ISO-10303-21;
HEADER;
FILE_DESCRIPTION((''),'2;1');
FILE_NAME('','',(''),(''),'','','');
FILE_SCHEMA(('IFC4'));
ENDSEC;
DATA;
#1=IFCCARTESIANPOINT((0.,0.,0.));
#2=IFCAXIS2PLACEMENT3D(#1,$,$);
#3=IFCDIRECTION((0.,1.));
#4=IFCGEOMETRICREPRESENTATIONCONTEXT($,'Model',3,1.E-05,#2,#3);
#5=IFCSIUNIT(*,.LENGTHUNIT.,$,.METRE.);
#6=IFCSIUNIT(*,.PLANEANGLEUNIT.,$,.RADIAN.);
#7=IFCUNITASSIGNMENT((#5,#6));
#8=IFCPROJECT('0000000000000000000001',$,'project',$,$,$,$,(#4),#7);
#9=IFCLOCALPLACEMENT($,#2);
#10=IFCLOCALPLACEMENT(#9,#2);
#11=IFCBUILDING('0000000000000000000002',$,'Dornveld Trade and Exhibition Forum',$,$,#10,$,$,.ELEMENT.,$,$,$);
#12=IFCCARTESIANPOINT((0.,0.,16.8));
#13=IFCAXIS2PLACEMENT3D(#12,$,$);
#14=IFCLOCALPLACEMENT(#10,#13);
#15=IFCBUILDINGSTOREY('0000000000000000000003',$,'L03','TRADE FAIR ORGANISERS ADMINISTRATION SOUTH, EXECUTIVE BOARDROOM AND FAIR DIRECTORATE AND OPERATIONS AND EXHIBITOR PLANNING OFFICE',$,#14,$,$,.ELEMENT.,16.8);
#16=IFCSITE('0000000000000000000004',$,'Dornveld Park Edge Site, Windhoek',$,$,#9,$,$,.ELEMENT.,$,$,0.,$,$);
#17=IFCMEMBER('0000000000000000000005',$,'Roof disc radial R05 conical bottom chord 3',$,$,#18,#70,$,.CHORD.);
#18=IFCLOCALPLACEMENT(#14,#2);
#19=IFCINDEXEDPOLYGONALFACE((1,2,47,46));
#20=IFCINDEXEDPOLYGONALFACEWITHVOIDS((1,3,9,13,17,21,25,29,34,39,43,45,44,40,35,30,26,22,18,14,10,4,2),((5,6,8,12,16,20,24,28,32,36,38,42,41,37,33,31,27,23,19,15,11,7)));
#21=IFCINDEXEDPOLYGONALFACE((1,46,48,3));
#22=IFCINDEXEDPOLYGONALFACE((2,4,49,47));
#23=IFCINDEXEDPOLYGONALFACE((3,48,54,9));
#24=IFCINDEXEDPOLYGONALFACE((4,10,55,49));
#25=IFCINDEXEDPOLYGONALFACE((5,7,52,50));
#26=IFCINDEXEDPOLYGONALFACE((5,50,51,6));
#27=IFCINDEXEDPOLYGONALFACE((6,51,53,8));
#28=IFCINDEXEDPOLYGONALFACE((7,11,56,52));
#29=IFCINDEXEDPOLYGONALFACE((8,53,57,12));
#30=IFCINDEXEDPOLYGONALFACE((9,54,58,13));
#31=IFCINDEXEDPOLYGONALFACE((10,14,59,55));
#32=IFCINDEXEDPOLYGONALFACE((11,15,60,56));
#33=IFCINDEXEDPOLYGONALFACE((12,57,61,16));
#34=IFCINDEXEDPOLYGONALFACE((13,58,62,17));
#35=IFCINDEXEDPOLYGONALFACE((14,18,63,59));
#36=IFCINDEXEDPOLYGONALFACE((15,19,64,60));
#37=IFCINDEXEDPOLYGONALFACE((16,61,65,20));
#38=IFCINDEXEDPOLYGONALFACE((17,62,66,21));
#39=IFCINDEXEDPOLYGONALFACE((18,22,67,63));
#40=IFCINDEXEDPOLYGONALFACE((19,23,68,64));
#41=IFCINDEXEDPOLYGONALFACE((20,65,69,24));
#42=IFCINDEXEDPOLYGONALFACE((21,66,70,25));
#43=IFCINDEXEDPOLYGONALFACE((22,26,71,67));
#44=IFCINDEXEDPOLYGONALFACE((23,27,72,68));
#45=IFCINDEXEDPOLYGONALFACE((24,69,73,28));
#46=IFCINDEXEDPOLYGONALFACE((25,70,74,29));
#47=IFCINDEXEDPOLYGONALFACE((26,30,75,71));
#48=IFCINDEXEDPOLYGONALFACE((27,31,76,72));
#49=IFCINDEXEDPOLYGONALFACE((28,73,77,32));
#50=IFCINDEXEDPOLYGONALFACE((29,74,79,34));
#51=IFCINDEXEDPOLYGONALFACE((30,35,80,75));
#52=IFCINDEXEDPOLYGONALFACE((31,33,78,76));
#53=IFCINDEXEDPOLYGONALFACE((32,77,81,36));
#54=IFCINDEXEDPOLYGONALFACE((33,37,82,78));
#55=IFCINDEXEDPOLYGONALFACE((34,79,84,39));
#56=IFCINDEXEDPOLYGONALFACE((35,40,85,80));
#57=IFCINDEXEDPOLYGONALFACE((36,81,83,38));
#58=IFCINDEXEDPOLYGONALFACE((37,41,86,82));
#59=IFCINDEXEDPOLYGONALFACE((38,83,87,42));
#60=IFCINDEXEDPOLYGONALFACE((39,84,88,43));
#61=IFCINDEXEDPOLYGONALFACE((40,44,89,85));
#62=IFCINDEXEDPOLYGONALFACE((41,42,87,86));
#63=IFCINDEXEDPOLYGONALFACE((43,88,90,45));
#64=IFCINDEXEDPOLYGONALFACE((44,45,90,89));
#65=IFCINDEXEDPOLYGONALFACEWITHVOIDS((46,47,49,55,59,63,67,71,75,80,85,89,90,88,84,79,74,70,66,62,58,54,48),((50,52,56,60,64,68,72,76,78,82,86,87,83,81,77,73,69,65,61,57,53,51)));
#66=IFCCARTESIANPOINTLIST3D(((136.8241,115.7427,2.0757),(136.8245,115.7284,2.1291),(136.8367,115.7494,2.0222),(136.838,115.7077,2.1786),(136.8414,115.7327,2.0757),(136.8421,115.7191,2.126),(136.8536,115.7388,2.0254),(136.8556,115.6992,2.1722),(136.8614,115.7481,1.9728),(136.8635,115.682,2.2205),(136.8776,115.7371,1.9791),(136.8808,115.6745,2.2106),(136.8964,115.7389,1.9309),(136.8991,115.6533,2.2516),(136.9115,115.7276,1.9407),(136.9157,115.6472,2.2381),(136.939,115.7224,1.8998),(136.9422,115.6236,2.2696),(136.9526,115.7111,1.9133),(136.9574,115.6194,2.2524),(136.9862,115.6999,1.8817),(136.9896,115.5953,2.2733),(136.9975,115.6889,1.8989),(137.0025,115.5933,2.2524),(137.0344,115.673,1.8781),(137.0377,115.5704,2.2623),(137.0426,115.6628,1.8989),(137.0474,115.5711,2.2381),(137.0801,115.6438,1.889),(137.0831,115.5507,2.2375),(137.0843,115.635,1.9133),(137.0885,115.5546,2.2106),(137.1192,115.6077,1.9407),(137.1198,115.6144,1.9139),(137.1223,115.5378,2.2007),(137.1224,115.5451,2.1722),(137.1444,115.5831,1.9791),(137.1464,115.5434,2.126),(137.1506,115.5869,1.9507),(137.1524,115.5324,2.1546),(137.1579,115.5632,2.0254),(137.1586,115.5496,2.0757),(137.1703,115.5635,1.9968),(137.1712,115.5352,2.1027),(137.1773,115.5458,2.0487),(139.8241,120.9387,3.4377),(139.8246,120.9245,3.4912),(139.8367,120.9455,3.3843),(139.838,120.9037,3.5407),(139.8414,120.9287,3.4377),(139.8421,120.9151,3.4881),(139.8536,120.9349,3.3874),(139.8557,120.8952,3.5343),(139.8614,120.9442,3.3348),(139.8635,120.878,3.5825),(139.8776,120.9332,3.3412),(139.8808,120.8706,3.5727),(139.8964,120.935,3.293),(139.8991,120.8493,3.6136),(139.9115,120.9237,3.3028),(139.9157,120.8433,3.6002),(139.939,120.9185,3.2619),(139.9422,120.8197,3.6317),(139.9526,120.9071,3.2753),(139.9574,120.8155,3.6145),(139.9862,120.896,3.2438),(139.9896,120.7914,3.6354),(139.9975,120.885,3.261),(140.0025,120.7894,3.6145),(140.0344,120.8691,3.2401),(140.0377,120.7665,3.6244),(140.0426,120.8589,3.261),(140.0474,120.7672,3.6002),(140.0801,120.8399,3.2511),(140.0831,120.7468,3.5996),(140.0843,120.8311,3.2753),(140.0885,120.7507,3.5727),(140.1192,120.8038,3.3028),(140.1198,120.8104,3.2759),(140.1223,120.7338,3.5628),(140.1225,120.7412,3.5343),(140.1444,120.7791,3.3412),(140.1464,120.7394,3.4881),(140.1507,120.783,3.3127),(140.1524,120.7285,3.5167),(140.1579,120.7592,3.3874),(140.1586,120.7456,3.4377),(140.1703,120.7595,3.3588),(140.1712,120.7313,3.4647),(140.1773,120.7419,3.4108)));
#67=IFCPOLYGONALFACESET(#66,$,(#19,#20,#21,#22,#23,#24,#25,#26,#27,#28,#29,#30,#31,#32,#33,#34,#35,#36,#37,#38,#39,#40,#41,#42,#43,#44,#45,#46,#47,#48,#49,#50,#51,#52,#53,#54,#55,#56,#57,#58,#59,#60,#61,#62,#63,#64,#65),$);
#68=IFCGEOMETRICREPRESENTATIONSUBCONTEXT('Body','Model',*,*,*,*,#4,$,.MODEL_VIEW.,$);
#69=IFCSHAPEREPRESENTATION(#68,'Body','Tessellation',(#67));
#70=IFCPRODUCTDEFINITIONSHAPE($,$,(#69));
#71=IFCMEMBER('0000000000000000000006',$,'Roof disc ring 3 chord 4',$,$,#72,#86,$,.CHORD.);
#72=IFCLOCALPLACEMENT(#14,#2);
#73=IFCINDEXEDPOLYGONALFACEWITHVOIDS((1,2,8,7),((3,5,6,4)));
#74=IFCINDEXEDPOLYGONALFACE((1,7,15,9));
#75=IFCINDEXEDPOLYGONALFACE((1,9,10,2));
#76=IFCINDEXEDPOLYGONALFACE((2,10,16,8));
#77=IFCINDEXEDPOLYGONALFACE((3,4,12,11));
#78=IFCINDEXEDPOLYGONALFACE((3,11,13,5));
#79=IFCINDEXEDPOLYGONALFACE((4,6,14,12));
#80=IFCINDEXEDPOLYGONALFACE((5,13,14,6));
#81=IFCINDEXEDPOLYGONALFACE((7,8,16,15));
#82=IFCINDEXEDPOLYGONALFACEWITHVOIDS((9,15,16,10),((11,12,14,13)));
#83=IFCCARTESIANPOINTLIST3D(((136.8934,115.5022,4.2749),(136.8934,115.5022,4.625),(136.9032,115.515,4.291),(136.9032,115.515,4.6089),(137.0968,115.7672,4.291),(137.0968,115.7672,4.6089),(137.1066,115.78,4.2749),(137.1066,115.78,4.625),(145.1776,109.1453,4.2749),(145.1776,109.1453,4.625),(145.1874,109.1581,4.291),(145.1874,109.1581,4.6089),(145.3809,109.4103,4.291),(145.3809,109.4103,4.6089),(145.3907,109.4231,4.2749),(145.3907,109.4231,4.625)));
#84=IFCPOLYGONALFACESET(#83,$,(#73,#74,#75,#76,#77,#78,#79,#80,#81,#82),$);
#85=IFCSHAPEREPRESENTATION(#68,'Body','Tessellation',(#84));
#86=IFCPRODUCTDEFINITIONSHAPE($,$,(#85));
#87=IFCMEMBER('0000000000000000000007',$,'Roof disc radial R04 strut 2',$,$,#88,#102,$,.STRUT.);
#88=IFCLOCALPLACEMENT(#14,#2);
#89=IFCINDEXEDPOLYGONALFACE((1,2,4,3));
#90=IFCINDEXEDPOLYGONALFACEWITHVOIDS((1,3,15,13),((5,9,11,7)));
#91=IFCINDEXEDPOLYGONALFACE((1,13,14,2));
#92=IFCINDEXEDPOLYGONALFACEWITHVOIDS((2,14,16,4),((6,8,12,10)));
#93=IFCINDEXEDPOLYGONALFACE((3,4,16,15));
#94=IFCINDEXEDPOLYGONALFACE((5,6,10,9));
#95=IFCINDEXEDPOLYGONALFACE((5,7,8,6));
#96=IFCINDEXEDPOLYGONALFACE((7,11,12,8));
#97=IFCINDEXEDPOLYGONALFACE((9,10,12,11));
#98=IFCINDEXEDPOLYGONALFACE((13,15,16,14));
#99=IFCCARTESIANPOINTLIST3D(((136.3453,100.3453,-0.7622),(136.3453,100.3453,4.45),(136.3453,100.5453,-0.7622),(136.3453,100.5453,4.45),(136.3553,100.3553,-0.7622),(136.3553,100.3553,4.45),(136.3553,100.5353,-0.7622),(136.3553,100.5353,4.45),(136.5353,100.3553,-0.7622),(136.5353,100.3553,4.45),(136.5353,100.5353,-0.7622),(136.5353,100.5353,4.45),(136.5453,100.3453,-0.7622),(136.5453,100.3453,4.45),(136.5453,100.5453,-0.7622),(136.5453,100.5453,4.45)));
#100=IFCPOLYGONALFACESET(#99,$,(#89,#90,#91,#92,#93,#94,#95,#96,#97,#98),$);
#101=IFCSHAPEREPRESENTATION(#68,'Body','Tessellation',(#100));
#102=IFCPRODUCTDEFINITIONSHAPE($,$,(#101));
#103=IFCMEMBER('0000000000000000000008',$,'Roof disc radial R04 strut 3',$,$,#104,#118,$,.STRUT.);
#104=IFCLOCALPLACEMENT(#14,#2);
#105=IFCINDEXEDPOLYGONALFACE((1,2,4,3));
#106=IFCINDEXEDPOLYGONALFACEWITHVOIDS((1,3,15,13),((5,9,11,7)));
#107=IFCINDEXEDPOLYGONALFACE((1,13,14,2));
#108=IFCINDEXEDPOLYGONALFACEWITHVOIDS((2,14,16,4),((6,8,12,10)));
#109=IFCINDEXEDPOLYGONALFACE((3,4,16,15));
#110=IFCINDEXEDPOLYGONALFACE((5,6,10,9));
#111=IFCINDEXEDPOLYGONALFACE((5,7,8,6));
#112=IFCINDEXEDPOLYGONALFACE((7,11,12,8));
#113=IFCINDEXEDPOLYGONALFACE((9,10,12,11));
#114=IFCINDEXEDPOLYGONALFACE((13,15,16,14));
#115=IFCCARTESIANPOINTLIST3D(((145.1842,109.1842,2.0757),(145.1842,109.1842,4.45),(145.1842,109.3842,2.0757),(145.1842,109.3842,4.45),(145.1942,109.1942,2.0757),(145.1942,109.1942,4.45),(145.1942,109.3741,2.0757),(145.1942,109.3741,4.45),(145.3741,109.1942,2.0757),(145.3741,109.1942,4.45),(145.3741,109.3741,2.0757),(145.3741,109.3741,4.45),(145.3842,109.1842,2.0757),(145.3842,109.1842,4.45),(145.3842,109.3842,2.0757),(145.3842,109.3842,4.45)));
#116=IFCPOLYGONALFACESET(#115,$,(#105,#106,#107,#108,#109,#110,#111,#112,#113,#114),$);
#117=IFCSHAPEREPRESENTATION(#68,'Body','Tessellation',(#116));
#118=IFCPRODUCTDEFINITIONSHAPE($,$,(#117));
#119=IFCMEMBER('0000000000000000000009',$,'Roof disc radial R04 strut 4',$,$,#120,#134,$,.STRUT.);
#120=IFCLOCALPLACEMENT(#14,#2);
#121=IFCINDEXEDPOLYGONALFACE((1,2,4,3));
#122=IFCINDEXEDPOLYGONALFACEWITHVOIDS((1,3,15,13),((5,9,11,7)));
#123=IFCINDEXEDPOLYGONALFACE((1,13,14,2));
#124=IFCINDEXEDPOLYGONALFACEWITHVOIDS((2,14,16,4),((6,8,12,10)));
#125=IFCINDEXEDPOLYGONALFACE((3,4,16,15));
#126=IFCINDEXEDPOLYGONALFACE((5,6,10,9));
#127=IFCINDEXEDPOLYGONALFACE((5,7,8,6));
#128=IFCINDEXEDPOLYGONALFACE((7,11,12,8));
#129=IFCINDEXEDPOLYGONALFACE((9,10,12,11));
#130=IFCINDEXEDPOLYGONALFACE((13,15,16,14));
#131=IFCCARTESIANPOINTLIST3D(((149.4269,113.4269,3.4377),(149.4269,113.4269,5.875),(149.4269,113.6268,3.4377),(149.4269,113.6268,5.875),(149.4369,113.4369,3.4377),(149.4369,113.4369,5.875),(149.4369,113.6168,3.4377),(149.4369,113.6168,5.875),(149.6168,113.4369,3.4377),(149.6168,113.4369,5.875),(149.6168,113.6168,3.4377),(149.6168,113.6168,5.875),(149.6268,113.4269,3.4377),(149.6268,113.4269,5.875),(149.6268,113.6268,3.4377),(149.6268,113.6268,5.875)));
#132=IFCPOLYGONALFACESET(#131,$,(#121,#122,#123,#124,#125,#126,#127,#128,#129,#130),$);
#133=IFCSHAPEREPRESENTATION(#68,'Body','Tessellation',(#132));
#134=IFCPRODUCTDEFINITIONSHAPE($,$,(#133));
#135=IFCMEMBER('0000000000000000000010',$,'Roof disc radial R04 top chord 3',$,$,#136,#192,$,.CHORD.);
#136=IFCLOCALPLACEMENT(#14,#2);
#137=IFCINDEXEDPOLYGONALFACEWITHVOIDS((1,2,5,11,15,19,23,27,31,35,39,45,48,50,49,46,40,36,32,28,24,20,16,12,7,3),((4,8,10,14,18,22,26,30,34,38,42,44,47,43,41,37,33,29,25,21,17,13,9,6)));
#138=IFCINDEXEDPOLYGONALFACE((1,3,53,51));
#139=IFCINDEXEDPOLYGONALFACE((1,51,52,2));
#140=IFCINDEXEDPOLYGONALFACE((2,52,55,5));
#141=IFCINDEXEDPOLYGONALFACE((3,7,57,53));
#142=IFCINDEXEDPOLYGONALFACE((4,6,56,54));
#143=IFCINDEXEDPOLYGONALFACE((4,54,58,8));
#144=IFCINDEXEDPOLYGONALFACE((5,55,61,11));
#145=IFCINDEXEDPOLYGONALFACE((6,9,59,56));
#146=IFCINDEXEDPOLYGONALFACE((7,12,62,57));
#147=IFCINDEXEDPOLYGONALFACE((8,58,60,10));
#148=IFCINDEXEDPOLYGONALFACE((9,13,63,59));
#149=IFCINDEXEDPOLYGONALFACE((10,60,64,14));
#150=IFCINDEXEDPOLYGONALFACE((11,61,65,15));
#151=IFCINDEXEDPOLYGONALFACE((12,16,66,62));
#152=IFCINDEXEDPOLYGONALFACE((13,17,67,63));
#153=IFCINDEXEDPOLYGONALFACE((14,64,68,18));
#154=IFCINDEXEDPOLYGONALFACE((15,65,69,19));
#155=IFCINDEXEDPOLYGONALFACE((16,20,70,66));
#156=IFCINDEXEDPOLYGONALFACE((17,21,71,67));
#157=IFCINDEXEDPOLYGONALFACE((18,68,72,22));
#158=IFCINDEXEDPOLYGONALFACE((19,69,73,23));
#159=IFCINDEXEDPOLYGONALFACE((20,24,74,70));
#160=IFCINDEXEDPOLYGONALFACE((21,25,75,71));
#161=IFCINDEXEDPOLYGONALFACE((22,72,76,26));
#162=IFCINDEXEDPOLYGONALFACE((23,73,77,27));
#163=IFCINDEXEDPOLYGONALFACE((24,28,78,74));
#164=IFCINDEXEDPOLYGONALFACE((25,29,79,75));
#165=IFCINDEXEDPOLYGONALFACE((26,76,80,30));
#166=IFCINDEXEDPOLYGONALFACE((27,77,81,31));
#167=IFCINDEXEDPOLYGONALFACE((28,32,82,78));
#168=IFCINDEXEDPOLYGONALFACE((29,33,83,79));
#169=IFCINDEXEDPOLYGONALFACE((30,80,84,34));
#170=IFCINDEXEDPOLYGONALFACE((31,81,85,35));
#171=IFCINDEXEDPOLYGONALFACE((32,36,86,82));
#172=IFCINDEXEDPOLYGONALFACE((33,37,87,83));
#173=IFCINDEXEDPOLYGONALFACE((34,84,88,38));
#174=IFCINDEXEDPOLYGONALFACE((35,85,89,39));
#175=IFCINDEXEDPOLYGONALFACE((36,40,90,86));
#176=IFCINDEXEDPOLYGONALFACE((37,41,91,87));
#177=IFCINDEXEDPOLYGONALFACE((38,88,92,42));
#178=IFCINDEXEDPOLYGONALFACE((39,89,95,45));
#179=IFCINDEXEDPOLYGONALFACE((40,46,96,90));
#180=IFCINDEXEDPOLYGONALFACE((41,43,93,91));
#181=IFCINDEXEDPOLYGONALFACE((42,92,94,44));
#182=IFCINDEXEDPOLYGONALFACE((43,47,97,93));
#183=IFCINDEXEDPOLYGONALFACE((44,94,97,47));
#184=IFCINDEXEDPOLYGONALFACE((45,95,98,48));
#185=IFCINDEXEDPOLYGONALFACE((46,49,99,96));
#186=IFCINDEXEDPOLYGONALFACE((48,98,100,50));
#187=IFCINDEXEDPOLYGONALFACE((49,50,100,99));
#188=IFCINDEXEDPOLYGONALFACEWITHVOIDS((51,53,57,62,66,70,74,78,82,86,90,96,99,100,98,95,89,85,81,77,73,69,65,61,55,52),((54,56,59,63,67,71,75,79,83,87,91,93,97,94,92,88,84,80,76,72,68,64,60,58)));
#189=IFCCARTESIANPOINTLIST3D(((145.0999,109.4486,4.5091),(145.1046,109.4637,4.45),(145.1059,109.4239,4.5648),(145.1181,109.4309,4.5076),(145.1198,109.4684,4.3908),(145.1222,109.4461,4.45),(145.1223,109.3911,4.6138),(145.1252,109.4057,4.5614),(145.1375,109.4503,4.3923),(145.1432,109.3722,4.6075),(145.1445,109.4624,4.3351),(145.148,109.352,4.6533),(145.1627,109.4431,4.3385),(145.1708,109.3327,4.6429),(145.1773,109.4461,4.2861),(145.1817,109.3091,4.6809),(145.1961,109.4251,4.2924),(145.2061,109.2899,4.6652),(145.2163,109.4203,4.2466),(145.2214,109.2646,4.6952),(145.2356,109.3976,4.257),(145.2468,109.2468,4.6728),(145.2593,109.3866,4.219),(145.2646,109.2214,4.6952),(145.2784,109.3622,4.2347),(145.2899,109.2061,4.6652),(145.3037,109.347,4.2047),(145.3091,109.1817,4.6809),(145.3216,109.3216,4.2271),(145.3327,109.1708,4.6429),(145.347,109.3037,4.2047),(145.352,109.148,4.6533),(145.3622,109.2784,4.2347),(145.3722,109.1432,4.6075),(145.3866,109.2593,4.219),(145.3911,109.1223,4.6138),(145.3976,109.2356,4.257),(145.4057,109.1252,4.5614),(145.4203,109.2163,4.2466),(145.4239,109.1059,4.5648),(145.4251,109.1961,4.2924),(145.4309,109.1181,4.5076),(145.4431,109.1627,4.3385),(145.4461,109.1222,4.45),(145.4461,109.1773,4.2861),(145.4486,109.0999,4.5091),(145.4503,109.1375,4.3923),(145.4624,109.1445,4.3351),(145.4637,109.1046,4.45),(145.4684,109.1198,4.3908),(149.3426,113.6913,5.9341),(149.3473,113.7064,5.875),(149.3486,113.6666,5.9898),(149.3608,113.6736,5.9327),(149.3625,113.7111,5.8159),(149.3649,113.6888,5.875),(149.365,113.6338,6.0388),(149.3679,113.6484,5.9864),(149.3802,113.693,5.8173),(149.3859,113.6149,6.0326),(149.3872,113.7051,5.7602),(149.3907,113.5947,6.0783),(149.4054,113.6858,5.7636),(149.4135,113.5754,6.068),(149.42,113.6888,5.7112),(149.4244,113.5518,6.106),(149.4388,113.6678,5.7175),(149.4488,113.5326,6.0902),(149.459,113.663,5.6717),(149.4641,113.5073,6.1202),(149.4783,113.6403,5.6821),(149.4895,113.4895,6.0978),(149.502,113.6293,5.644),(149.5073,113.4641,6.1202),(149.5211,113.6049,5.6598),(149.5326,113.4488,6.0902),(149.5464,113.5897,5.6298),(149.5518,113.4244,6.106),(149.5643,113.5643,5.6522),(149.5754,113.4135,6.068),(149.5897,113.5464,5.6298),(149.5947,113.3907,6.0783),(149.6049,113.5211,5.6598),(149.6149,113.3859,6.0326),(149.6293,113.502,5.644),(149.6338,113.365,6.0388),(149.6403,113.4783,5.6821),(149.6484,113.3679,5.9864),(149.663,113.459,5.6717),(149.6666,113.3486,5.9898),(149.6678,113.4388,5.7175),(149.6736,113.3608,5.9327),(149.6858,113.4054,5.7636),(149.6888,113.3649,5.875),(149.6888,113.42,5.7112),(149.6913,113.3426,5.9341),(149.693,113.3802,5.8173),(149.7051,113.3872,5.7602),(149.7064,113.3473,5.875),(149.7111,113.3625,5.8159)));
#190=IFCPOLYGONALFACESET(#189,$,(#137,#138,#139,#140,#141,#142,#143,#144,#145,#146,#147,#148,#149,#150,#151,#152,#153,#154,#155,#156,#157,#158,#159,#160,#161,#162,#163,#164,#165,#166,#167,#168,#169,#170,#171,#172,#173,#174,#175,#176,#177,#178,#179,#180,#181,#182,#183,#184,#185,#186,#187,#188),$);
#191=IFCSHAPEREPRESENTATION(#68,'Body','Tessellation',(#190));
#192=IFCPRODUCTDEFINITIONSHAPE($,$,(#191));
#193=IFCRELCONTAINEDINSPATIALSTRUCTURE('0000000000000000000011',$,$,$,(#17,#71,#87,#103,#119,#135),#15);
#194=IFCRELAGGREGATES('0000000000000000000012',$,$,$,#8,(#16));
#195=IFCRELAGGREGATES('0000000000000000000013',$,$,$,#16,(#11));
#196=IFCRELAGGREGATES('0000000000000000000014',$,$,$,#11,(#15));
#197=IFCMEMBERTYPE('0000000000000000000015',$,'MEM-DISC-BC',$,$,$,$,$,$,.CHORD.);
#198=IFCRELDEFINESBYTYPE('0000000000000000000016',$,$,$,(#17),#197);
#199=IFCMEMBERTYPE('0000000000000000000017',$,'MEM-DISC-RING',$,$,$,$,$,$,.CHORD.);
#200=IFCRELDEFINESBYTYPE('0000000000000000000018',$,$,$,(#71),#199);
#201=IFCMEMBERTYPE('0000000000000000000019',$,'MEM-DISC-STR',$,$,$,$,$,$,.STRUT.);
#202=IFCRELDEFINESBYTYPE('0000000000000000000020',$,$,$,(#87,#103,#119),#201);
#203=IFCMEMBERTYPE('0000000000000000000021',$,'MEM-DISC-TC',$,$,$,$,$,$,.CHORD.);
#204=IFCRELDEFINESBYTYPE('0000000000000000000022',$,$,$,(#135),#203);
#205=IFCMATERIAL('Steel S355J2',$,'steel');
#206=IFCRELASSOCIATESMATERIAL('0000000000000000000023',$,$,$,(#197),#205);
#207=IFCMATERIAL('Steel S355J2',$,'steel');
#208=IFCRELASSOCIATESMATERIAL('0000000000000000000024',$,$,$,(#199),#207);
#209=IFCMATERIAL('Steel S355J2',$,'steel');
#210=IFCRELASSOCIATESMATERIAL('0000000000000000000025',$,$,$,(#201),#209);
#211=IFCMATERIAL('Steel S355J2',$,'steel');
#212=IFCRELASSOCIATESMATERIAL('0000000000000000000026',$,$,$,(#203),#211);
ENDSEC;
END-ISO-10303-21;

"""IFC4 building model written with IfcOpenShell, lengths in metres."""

from ifc_helpers import new_model, si_unit, direction, frame, origin, origin_2d, place, context, subcontext, project, spatial, hollow_rectangle, hollow_circle, extrude, material, material_profile, profile_set, type_object, element, save


model = new_model("IFC4")

# Units and contexts
model_context = context("Model", 3, precision=1e-05, world=origin(), true_north=direction((0.0, 1.0)))
body_context = subcontext(model_context, "Body", "Model", "MODEL_VIEW")
ifc_project = project(units=[si_unit("LENGTHUNIT", "METRE"), si_unit("PLANEANGLEUNIT", "RADIAN")], contexts=[model_context])

# Site, building, storey
site_placement = place(None, origin())
site = spatial("IfcSite", under=ifc_project, at=site_placement, Name="Dornveld Park Edge Site, Windhoek", CompositionType="ELEMENT", RefElevation=0.0)
building_placement = place(site_placement, origin())
building = spatial("IfcBuilding", under=site, at=building_placement, Name="Dornveld Trade and Exhibition Forum", CompositionType="ELEMENT")
storey_placement = place(building_placement, frame((0.0, 0.0, 16.8)))
storey = spatial("IfcBuildingStorey", under=building, at=storey_placement, Name="L03", Description="TRADE FAIR ORGANISERS ADMINISTRATION SOUTH, EXECUTIVE BOARDROOM AND FAIR DIRECTORATE AND OPERATIONS AND EXHIBITOR PLANNING OFFICE", CompositionType="ELEMENT", Elevation=16.8)

# Members
ifc_material_1 = material(Name="Steel S355J2", Category="steel")
ifc_material_profile_1 = material_profile(ifc_material_1, hollow_circle(Radius=0.2031, WallThickness=0.02, at=origin_2d()), Name="CHS 406.4x20")
ifc_profile_set_1 = profile_set([ifc_material_profile_1], Name="Steel S355J2")
member_type_1 = type_object("IfcMemberType", Name="MEM-DISC-BC", PredefinedType="CHORD", material=ifc_profile_set_1)
member_1_placement = place(storey_placement, frame((137.0, 115.6411, 2.0757), z_axis=(0.487601, 0.844533, 0.221381), x_axis=(-0.866021, 0.500008, 0.0)))
element("IfcMember", 1, at=member_1_placement, inside=storey, type_object=member_type_1, Name="Roof disc radial R05 conical bottom chord 3", PredefinedType="CHORD", context=body_context, shape_type="SweptSolid", body=[
    extrude(hollow_circle(Radius=0.2031, WallThickness=0.02, at=origin_2d()), origin(), (0.0, 0.0, 1.0), 6.1526),
])
ifc_material_2 = material(Name="Steel S355J2", Category="steel")
ifc_material_profile_2 = material_profile(ifc_material_2, hollow_rectangle(XDim=0.3501, YDim=0.3501, WallThickness=0.0161, at=origin_2d()), Name="SHS 350x350x16")
ifc_profile_set_2 = profile_set([ifc_material_profile_2], Name="Steel S355J2")
member_type_2 = type_object("IfcMemberType", Name="MEM-DISC-RING", PredefinedType="CHORD", material=ifc_profile_set_2)
member_2_placement = place(storey_placement, frame((145.2842, 109.2842, 4.45), z_axis=(-0.793341, 0.608777, 0.0), x_axis=(-0.608777, -0.793341, 0.0)))
element("IfcMember", 2, at=member_2_placement, inside=storey, type_object=member_type_2, Name="Roof disc ring 3 chord 4", PredefinedType="CHORD", context=body_context, shape_type="SweptSolid", body=[
    extrude(hollow_rectangle(XDim=0.3501, YDim=0.3501, WallThickness=0.0161, at=origin_2d()), origin(), (0.0, 0.0, 1.0), 10.4421),
])
ifc_material_3 = material(Name="Steel S355J2", Category="steel")
ifc_material_profile_3 = material_profile(ifc_material_3, hollow_rectangle(XDim=0.2, YDim=0.2, WallThickness=0.01, at=origin_2d()), Name="SHS 200x200x10")
ifc_profile_set_3 = profile_set([ifc_material_profile_3], Name="Steel S355J2")
member_type_3 = type_object("IfcMemberType", Name="MEM-DISC-STR", PredefinedType="STRUT", material=ifc_profile_set_3)
member_3_placement = place(storey_placement, frame((136.4453, 100.4453, -0.7622), z_axis=(0.0, 0.0, 1.0), x_axis=(1.0, 0.0, 0.0)))
element("IfcMember", 3, at=member_3_placement, inside=storey, type_object=member_type_3, Name="Roof disc radial R04 strut 2", PredefinedType="STRUT", context=body_context, shape_type="SweptSolid", body=[
    extrude(hollow_rectangle(XDim=0.2, YDim=0.2, WallThickness=0.01, at=origin_2d()), origin(), (0.0, 0.0, 1.0), 5.2122),
])
member_4_placement = place(storey_placement, frame((145.2842, 109.2842, 2.0757), z_axis=(0.0, 0.0, 1.0), x_axis=(1.0, 0.0, 0.0)))
element("IfcMember", 4, at=member_4_placement, inside=storey, type_object=member_type_3, Name="Roof disc radial R04 strut 3", PredefinedType="STRUT", context=body_context, shape_type="SweptSolid", body=[
    extrude(hollow_rectangle(XDim=0.2, YDim=0.2, WallThickness=0.01, at=origin_2d()), origin(), (0.0, 0.0, 1.0), 2.3743),
])
member_5_placement = place(storey_placement, frame((149.5269, 113.5269, 3.4377), z_axis=(0.0, 0.0, 1.0), x_axis=(1.0, 0.0, 0.0)))
element("IfcMember", 5, at=member_5_placement, inside=storey, type_object=member_type_3, Name="Roof disc radial R04 strut 4", PredefinedType="STRUT", context=body_context, shape_type="SweptSolid", body=[
    extrude(hollow_rectangle(XDim=0.2, YDim=0.2, WallThickness=0.01, at=origin_2d()), origin(), (0.0, 0.0, 1.0), 2.4373),
])
ifc_material_4 = material(Name="Steel S355J2", Category="steel")
ifc_material_profile_4 = material_profile(ifc_material_4, hollow_circle(Radius=0.2539, WallThickness=0.0249, at=origin_2d()), Name="CHS 508x25")
ifc_profile_set_4 = profile_set([ifc_material_profile_4], Name="Steel S355J2")
member_type_4 = type_object("IfcMemberType", Name="MEM-DISC-TC", PredefinedType="CHORD", material=ifc_profile_set_4)
member_6_placement = place(storey_placement, frame((145.2842, 109.2842, 4.45), z_axis=(0.687969, 0.687969, 0.231078), x_axis=(-0.707107, 0.707107, 0.0)))
element("IfcMember", 6, at=member_6_placement, inside=storey, type_object=member_type_4, Name="Roof disc radial R04 top chord 3", PredefinedType="CHORD", context=body_context, shape_type="SweptSolid", body=[
    extrude(hollow_circle(Radius=0.2539, WallThickness=0.0249, at=origin_2d()), origin(), (0.0, 0.0, 1.0), 6.167),
])

save(model, "model.ifc")
